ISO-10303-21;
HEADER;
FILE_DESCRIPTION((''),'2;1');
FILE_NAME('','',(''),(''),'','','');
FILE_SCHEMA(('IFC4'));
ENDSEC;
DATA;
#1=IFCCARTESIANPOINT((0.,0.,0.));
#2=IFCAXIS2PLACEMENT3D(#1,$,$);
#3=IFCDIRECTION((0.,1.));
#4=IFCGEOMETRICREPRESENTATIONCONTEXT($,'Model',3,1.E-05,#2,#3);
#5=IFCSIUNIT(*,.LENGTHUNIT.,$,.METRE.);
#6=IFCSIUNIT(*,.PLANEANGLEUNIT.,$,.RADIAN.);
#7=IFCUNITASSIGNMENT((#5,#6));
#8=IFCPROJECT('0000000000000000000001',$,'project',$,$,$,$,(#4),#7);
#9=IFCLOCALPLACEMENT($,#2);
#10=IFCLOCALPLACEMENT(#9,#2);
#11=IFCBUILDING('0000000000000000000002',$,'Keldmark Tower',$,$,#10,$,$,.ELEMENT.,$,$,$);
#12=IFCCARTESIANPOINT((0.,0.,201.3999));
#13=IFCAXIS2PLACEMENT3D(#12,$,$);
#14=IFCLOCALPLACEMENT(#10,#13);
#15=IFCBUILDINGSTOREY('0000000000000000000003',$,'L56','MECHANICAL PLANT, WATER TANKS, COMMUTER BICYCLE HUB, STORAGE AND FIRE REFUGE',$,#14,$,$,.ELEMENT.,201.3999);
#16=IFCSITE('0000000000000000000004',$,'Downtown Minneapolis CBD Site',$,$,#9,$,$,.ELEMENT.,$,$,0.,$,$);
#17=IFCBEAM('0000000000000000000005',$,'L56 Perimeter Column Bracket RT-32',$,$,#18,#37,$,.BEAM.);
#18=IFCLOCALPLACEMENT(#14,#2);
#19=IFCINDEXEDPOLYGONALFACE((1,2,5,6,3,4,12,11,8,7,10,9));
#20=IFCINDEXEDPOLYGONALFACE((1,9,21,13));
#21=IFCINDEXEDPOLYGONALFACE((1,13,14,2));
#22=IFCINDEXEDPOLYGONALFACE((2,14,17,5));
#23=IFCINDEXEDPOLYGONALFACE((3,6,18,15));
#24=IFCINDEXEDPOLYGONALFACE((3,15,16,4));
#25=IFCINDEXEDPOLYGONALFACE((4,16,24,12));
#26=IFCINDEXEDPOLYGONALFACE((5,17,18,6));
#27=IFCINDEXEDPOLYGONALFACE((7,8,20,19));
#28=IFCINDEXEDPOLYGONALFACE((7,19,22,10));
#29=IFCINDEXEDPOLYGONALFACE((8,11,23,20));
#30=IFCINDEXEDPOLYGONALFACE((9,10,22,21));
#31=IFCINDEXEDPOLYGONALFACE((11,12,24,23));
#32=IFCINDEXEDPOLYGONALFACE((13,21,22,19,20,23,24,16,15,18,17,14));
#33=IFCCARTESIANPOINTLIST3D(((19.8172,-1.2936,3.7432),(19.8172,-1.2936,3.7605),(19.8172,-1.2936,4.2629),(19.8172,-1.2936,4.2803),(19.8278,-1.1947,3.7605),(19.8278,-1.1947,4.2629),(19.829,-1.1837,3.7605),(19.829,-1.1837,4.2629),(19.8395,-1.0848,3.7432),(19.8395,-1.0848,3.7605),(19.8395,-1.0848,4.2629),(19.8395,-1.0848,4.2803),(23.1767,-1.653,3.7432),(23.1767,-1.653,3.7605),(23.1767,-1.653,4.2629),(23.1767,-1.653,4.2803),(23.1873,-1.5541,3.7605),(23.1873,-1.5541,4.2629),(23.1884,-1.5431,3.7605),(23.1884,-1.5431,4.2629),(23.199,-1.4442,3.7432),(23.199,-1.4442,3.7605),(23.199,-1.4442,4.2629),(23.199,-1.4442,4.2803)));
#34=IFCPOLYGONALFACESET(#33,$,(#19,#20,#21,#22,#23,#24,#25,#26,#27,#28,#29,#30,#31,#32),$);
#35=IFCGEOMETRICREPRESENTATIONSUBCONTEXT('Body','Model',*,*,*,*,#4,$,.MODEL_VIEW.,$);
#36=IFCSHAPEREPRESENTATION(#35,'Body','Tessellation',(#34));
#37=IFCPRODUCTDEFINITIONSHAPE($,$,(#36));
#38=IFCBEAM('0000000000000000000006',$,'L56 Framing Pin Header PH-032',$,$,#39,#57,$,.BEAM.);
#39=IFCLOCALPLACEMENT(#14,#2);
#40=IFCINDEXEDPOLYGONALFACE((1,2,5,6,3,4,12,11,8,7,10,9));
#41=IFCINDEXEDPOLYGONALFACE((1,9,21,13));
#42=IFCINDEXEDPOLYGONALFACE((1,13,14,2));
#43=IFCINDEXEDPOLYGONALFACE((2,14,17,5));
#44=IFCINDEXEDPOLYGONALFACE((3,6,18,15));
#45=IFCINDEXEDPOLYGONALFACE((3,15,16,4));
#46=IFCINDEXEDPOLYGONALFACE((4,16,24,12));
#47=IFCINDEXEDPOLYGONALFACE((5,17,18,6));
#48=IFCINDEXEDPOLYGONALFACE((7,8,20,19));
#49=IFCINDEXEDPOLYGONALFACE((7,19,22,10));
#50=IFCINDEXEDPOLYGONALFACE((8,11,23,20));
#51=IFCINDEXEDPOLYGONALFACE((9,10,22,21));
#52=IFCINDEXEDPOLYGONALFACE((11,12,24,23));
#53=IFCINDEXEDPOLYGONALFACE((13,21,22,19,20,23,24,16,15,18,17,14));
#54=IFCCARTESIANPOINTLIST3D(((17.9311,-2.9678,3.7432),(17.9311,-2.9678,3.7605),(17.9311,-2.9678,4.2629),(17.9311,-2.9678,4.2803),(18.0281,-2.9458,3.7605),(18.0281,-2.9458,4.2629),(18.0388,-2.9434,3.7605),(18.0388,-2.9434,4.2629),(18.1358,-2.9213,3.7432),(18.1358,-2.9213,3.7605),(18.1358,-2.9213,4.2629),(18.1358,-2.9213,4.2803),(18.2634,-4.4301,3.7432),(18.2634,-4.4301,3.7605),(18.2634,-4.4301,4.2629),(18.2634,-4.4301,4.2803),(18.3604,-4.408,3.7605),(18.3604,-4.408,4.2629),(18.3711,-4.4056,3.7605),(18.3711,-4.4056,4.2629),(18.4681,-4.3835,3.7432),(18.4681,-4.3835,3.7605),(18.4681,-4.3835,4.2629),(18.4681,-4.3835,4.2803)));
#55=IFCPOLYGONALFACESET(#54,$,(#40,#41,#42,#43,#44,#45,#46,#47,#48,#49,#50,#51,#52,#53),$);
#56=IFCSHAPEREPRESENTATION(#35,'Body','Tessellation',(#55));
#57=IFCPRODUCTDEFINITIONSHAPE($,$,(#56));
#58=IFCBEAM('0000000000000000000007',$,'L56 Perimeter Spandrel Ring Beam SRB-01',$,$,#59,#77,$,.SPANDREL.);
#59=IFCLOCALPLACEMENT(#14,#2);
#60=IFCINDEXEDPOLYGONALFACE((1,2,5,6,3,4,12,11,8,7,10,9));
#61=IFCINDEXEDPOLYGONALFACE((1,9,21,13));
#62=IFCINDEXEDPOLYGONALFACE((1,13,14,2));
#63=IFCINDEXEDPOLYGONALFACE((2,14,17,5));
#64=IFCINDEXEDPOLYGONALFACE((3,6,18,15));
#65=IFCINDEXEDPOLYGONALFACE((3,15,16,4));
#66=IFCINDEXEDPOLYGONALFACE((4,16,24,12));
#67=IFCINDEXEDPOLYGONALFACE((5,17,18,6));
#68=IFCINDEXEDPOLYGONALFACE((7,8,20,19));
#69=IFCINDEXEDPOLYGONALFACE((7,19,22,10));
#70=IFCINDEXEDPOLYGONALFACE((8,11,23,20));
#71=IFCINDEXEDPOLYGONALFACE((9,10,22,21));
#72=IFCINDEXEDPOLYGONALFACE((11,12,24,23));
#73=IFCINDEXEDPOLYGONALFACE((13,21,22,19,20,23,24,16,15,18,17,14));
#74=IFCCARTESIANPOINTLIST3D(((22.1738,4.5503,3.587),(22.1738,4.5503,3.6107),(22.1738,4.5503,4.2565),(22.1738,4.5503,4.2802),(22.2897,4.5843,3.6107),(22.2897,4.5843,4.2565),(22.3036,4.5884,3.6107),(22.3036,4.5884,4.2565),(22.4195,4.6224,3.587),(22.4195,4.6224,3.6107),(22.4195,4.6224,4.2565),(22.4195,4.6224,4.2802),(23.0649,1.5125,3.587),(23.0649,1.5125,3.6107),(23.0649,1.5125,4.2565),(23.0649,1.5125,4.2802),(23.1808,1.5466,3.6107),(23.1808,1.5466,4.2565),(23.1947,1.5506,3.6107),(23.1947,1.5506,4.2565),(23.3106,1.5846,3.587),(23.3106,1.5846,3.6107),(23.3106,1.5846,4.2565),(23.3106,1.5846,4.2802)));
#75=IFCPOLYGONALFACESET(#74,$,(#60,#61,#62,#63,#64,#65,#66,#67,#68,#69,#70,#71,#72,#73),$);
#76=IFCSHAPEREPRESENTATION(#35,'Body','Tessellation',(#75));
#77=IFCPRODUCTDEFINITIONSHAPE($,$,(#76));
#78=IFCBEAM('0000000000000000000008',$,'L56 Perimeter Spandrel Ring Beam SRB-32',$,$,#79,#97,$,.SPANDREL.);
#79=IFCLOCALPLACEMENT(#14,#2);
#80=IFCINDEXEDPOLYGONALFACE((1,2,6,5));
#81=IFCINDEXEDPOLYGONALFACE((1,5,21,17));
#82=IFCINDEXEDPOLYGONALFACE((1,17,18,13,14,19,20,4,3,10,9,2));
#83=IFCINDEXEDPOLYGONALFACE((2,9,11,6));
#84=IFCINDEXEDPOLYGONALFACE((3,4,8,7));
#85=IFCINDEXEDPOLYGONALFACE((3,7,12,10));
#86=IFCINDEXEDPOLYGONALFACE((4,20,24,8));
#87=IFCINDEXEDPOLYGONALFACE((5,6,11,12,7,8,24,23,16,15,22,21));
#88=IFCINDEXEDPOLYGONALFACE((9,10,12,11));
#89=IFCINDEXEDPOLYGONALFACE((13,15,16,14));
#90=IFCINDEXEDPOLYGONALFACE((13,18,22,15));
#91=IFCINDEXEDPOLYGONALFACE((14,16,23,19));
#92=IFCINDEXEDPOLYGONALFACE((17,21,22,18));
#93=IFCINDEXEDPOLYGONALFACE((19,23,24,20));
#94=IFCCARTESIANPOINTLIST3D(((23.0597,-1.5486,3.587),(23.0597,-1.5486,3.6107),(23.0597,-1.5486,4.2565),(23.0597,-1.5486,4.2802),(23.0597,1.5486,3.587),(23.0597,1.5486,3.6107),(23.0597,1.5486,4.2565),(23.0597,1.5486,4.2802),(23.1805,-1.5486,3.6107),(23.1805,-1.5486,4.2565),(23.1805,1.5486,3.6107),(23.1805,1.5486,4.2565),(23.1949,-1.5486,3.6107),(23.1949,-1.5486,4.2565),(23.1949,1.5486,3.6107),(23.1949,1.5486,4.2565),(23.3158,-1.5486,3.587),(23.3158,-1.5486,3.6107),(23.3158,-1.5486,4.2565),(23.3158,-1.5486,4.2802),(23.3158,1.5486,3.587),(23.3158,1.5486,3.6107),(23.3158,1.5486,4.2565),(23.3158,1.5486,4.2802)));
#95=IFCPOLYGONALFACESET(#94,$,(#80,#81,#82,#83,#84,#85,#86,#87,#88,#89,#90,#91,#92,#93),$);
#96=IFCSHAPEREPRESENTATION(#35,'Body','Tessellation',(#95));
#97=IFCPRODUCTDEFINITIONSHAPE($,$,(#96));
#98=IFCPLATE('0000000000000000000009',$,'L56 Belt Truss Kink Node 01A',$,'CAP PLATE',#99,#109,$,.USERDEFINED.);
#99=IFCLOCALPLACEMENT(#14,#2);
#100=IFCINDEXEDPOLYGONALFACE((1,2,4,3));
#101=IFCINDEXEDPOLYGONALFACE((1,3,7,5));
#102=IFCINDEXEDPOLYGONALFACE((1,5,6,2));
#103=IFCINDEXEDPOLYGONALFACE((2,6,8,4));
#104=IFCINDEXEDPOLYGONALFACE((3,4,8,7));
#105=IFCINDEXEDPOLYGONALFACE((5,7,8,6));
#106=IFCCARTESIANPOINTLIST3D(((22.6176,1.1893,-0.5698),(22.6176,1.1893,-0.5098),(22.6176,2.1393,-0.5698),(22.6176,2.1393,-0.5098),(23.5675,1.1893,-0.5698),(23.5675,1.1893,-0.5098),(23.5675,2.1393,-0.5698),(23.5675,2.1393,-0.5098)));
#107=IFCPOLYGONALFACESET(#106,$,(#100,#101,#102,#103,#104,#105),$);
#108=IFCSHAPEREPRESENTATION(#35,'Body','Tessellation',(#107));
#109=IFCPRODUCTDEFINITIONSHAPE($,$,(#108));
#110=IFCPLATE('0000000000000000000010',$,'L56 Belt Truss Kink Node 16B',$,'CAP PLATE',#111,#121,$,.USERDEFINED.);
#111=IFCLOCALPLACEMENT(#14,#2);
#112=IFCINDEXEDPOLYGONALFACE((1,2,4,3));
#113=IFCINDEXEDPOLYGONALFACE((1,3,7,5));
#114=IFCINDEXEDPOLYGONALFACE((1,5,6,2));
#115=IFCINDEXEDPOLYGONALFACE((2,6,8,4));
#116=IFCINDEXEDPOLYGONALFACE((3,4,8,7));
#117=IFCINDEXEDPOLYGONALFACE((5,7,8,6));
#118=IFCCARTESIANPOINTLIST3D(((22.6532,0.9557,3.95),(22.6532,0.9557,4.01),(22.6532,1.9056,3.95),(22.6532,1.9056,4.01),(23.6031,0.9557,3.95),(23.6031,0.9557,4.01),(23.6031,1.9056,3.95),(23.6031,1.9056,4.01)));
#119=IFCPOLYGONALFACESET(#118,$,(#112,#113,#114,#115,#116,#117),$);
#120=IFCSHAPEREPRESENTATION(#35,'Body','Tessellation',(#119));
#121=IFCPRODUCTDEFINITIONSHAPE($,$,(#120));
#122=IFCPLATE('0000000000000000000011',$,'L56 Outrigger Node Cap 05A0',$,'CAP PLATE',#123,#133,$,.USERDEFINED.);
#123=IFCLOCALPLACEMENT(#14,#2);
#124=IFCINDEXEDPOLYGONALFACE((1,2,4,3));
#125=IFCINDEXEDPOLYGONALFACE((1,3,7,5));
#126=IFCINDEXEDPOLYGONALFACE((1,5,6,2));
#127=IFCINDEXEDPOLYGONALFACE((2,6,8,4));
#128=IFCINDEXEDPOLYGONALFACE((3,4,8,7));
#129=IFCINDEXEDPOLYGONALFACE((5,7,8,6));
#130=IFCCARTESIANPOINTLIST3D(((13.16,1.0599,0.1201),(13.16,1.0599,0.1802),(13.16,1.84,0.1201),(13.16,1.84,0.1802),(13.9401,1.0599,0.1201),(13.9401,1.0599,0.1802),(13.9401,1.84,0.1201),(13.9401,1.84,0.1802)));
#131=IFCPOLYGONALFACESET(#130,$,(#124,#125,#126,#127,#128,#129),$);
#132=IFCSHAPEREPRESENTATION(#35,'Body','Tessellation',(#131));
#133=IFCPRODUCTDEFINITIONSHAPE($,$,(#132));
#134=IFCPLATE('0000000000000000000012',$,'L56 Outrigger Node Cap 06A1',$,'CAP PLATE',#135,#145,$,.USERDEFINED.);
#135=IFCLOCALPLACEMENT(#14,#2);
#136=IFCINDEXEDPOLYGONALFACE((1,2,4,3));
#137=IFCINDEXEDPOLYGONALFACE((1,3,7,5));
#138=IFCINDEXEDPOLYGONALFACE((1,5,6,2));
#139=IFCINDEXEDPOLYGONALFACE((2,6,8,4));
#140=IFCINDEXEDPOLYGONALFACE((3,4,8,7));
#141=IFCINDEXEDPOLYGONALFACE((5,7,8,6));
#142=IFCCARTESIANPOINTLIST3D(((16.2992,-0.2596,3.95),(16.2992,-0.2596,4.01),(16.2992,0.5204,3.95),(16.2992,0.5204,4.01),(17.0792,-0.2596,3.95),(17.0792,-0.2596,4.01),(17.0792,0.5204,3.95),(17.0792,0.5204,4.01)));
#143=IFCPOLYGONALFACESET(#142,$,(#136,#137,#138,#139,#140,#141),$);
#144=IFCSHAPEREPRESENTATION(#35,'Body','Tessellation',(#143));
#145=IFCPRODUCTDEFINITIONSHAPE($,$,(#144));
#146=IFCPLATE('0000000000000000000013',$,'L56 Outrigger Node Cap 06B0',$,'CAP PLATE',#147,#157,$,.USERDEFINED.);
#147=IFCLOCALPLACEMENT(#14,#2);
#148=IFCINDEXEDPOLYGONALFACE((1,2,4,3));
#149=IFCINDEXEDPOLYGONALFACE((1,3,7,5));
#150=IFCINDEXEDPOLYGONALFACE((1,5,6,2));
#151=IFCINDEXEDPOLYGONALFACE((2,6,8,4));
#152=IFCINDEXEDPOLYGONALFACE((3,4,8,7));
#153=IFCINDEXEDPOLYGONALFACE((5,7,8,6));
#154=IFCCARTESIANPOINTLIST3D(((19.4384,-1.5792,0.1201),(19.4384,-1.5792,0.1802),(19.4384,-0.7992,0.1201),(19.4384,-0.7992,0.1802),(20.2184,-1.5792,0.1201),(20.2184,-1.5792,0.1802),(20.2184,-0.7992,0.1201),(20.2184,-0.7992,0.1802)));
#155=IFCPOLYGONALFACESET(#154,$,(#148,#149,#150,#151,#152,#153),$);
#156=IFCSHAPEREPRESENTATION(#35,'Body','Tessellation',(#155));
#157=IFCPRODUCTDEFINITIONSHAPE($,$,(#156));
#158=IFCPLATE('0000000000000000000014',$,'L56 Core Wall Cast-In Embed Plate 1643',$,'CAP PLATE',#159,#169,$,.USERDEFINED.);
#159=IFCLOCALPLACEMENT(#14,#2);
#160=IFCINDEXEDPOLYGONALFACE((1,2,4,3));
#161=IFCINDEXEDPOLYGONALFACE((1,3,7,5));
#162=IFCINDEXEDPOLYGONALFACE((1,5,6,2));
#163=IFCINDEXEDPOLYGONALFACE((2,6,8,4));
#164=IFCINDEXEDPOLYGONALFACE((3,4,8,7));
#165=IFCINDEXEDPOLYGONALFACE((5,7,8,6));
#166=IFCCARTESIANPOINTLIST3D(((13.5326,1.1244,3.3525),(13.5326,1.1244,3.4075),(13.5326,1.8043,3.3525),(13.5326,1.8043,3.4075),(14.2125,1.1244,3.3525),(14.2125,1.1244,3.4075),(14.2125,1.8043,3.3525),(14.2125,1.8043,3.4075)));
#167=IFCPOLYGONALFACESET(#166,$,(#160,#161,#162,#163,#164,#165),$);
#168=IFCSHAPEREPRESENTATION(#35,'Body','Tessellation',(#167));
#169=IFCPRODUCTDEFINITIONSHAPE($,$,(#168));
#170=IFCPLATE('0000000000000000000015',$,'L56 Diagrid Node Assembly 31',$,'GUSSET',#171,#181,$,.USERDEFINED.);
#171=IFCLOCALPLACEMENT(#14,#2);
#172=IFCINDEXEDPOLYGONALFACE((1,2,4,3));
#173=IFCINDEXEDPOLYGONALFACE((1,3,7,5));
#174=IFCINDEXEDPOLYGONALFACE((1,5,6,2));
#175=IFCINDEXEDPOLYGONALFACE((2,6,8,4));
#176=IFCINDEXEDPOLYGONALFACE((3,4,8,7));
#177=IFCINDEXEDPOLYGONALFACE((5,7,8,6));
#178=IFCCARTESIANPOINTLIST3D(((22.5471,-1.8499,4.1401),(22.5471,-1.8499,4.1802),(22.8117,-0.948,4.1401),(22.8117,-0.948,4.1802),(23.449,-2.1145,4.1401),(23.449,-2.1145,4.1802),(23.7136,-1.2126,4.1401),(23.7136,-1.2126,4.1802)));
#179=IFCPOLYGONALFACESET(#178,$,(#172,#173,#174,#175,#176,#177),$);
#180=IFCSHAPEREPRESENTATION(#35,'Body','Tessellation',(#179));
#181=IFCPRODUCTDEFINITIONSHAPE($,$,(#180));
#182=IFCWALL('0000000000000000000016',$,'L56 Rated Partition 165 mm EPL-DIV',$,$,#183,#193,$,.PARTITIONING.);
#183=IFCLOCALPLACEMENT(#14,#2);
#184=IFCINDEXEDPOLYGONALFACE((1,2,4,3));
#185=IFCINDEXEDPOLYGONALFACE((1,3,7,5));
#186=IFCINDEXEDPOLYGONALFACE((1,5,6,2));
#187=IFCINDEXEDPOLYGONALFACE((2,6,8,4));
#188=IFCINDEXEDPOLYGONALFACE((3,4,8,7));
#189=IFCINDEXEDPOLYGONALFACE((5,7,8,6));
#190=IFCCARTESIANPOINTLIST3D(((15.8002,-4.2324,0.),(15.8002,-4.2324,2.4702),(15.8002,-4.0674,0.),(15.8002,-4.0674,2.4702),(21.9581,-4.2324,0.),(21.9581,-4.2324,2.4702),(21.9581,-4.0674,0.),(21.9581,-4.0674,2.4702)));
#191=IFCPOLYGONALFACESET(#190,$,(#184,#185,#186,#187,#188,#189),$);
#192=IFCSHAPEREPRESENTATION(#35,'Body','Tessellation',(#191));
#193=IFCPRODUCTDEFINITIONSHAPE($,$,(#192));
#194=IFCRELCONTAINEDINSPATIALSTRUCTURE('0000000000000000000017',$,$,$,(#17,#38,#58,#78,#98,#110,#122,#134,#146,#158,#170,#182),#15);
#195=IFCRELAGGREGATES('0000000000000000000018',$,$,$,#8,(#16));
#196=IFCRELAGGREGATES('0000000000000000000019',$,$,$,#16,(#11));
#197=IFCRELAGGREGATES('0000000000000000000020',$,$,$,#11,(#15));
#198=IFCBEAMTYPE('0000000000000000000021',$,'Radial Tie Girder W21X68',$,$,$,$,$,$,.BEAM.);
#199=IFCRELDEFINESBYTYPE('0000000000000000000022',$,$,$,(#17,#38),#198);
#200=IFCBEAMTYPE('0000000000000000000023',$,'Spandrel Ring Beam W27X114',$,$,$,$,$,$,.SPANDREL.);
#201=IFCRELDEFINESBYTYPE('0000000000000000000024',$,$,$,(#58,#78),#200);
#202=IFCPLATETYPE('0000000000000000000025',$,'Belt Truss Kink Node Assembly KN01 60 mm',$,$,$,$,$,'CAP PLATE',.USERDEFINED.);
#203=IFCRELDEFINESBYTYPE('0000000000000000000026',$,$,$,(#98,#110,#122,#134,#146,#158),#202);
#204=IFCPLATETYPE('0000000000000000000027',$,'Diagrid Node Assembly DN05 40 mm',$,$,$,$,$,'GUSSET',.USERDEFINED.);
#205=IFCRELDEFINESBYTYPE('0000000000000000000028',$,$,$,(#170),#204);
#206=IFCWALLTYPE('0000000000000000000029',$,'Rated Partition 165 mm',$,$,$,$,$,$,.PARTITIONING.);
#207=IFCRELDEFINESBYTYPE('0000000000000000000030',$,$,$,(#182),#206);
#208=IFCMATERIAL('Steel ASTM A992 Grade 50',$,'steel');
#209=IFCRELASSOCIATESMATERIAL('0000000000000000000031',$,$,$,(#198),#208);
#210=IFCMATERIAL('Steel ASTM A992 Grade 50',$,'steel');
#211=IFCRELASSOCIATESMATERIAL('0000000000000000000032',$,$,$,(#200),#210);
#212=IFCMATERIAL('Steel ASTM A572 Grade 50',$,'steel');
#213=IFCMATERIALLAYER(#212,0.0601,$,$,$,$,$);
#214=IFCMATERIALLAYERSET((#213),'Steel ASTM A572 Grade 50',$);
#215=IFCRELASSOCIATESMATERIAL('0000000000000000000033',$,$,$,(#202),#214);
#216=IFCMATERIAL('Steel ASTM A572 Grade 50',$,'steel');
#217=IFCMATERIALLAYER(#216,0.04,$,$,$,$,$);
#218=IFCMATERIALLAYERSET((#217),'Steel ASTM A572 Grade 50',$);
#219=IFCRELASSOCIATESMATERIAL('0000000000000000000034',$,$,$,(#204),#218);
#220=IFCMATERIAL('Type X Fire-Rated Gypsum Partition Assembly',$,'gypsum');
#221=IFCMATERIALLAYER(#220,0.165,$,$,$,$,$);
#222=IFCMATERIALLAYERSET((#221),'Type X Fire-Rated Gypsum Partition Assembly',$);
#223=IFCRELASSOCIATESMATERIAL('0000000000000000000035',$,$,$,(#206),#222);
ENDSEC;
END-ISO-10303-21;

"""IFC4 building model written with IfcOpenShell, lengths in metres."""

from ifc_helpers import new_model, si_unit, direction, frame, frame_2d, origin, origin_2d, place, context, subcontext, project, spatial, rectangle, i_section, extrude, material, layer, layer_set, material_profile, profile_set, type_object, element, save


model = new_model("IFC4")

# Units and contexts
model_context = context("Model", 3, precision=1e-05, world=origin(), true_north=direction((0.0, 1.0)))
body_context = subcontext(model_context, "Body", "Model", "MODEL_VIEW")
ifc_project = project(units=[si_unit("LENGTHUNIT", "METRE"), si_unit("PLANEANGLEUNIT", "RADIAN")], contexts=[model_context])

# Site, building, storey
site_placement = place(None, origin())
site = spatial("IfcSite", under=ifc_project, at=site_placement, Name="Downtown Minneapolis CBD Site", CompositionType="ELEMENT", RefElevation=0.0)
building_placement = place(site_placement, origin())
building = spatial("IfcBuilding", under=site, at=building_placement, Name="Keldmark Tower", CompositionType="ELEMENT")
storey_placement = place(building_placement, frame((0.0, 0.0, 201.3999)))
storey = spatial("IfcBuildingStorey", under=building, at=storey_placement, Name="L56", Description="MECHANICAL PLANT, WATER TANKS, COMMUTER BICYCLE HUB, STORAGE AND FIRE REFUGE", CompositionType="ELEMENT", Elevation=201.3999)

# Beams
ifc_material_1 = material(Name="Steel ASTM A992 Grade 50", Category="steel")
ifc_material_profile_1 = material_profile(ifc_material_1, i_section(OverallWidth=0.21, OverallDepth=0.5371, WebThickness=0.011, FlangeThickness=0.0173, at=origin_2d()), Name="W21X68")
ifc_profile_set_1 = profile_set([ifc_material_profile_1], Name="Steel ASTM A992 Grade 50")
beam_type_1 = type_object("IfcBeamType", Name="Radial Tie Girder W21X68", PredefinedType="BEAM", material=ifc_profile_set_1)
beam_1_placement = place(storey_placement, frame((19.8284, -1.1892, 4.0117), z_axis=(0.994327, -0.10637, 0.0), x_axis=(0.10637, 0.994327, 0.0)))
element("IfcBeam", 1, at=beam_1_placement, inside=storey, type_object=beam_type_1, Name="L56 Perimeter Column Bracket RT-32", PredefinedType="BEAM", context=body_context, shape_type="SweptSolid", body=[
    extrude(i_section(OverallWidth=0.21, OverallDepth=0.5371, WebThickness=0.011, FlangeThickness=0.0173, at=origin_2d()), origin(), (0.0, 0.0, 1.0), 3.3787),
])
beam_2_placement = place(storey_placement, frame((18.0334, -2.9446, 4.0117), z_axis=(0.2216, -0.975138, 0.0), x_axis=(0.975138, 0.2216, 0.0)))
element("IfcBeam", 2, at=beam_2_placement, inside=storey, type_object=beam_type_1, Name="L56 Framing Pin Header PH-032", PredefinedType="BEAM", context=body_context, shape_type="SweptSolid", body=[
    extrude(i_section(OverallWidth=0.21, OverallDepth=0.5371, WebThickness=0.011, FlangeThickness=0.0173, at=origin_2d()), origin(), (0.0, 0.0, 1.0), 1.4995),
])
ifc_material_2 = material(Name="Steel ASTM A992 Grade 50", Category="steel")
ifc_material_profile_2 = material_profile(ifc_material_2, i_section(OverallWidth=0.2561, OverallDepth=0.6931, WebThickness=0.0144, FlangeThickness=0.0237, at=origin_2d()), Name="W27X114")
ifc_profile_set_2 = profile_set([ifc_material_profile_2], Name="Steel ASTM A992 Grade 50")
beam_type_2 = type_object("IfcBeamType", Name="Spandrel Ring Beam W27X114", PredefinedType="SPANDREL", material=ifc_profile_set_2)
beam_3_placement = place(storey_placement, frame((23.1877, 1.5486, 3.9336), z_axis=(-0.281477, 0.959568, 0.0), x_axis=(-0.959568, -0.281477, 0.0)))
element("IfcBeam", 3, at=beam_3_placement, inside=storey, type_object=beam_type_2, Name="L56 Perimeter Spandrel Ring Beam SRB-01", PredefinedType="SPANDREL", context=body_context, shape_type="SweptSolid", body=[
    extrude(i_section(OverallWidth=0.2561, OverallDepth=0.6931, WebThickness=0.0144, FlangeThickness=0.0237, at=origin_2d()), origin(), (0.0, 0.0, 1.0), 3.1658),
])
beam_4_placement = place(storey_placement, frame((23.1877, -1.5486, 3.9336), z_axis=(0.0, 1.0, 0.0), x_axis=(-1.0, 0.0, 0.0)))
element("IfcBeam", 4, at=beam_4_placement, inside=storey, type_object=beam_type_2, Name="L56 Perimeter Spandrel Ring Beam SRB-32", PredefinedType="SPANDREL", context=body_context, shape_type="SweptSolid", body=[
    extrude(i_section(OverallWidth=0.2561, OverallDepth=0.6931, WebThickness=0.0144, FlangeThickness=0.0237, at=origin_2d()), origin(), (0.0, 0.0, 1.0), 3.0972),
])

# Plates
ifc_material_3 = material(Name="Steel ASTM A572 Grade 50", Category="steel")
ifc_layer_1 = layer(ifc_material_3, 0.0601)
ifc_layer_set_1 = layer_set([ifc_layer_1], Name="Steel ASTM A572 Grade 50")
plate_type_1 = type_object("IfcPlateType", Name="Belt Truss Kink Node Assembly KN01 60 mm", ElementType="CAP PLATE", PredefinedType="USERDEFINED", material=ifc_layer_set_1)
for number, where, z_axis, x_axis, name in (
    (5, (23.0925, 1.6643, -0.5698), (0.0, 0.0, 1.0), (1.0, 0.0, 0.0), "L56 Belt Truss Kink Node 01A"),
    (6, (23.1282, 1.4307, 3.95), (0.0, 0.0, 1.0), (1.0, 0.0, 0.0), "L56 Belt Truss Kink Node 16B"),
):
    element("IfcPlate", number, at=place(storey_placement, frame(where, z_axis=z_axis, x_axis=x_axis)), inside=storey, type_object=plate_type_1, Name=name, ObjectType="CAP PLATE", PredefinedType="USERDEFINED", context=body_context, shape_type="SweptSolid", body=[
        extrude(rectangle(XDim=0.95, YDim=0.95, at=origin_2d()), origin(), (0.0, 0.0, 1.0), 0.0601),
    ])
for number, where, z_axis, x_axis, name in (
    (7, (13.55, 1.45, 0.1201), (0.0, 0.0, 1.0), (1.0, 0.0, 0.0), "L56 Outrigger Node Cap 05A0"),
    (8, (16.6892, 0.1304, 3.95), (0.0, 0.0, 1.0), (1.0, 0.0, 0.0), "L56 Outrigger Node Cap 06A1"),
    (9, (19.8284, -1.1892, 0.1201), (0.0, 0.0, 1.0), (1.0, 0.0, 0.0), "L56 Outrigger Node Cap 06B0"),
):
    element("IfcPlate", number, at=place(storey_placement, frame(where, z_axis=z_axis, x_axis=x_axis)), inside=storey, type_object=plate_type_1, Name=name, ObjectType="CAP PLATE", PredefinedType="USERDEFINED", context=body_context, shape_type="SweptSolid", body=[
        extrude(rectangle(XDim=0.78, YDim=0.78, at=origin_2d()), origin(), (0.0, 0.0, 1.0), 0.0601),
    ])
plate_1_placement = place(storey_placement, frame((13.8726, 1.4644, 3.3525), z_axis=(0.0, 0.0, 1.0), x_axis=(1.0, 0.0, 0.0)))
element("IfcPlate", 10, at=plate_1_placement, inside=storey, type_object=plate_type_1, Name="L56 Core Wall Cast-In Embed Plate 1643", ObjectType="CAP PLATE", PredefinedType="USERDEFINED", context=body_context, shape_type="SweptSolid", body=[
    extrude(rectangle(XDim=0.6799, YDim=0.6799, at=origin_2d()), origin(), (0.0, 0.0, 1.0), 0.0549),
])
ifc_material_4 = material(Name="Steel ASTM A572 Grade 50", Category="steel")
ifc_layer_2 = layer(ifc_material_4, 0.04)
ifc_layer_set_2 = layer_set([ifc_layer_2], Name="Steel ASTM A572 Grade 50")
plate_type_2 = type_object("IfcPlateType", Name="Diagrid Node Assembly DN05 40 mm", ElementType="GUSSET", PredefinedType="USERDEFINED", material=ifc_layer_set_2)
plate_2_placement = place(storey_placement, frame((23.1304, -1.5312, 4.1401), z_axis=(0.0, 0.0, 1.0), x_axis=(0.281504, 0.95956, 0.0)))
element("IfcPlate", 11, at=plate_2_placement, inside=storey, type_object=plate_type_2, Name="L56 Diagrid Node Assembly 31", ObjectType="GUSSET", PredefinedType="USERDEFINED", context=body_context, shape_type="SweptSolid", body=[
    extrude(rectangle(XDim=0.9399, YDim=0.9399, at=origin_2d()), origin(), (0.0, 0.0, 1.0), 0.04),
])

# Wall
ifc_material_5 = material(Name="Type X Fire-Rated Gypsum Partition Assembly", Category="gypsum")
ifc_layer_3 = layer(ifc_material_5, 0.165)
ifc_layer_set_3 = layer_set([ifc_layer_3], Name="Type X Fire-Rated Gypsum Partition Assembly")
wall_type_1 = type_object("IfcWallType", Name="Rated Partition 165 mm", PredefinedType="PARTITIONING", material=ifc_layer_set_3)
wall_1_placement = place(storey_placement, frame((15.8, -4.1499, 0.0), z_axis=(0.0, 0.0, 1.0), x_axis=(1.0, 0.0, 0.0)))
element("IfcWall", 12, at=wall_1_placement, inside=storey, type_object=wall_type_1, Name="L56 Rated Partition 165 mm EPL-DIV", PredefinedType="PARTITIONING", context=body_context, shape_type="SweptSolid", body=[
    extrude(rectangle(XDim=6.158, YDim=0.165, at=frame_2d((3.0791, 0.0))), origin(), (0.0, 0.0, 1.0), 2.4702),
])

save(model, "model.ifc")
